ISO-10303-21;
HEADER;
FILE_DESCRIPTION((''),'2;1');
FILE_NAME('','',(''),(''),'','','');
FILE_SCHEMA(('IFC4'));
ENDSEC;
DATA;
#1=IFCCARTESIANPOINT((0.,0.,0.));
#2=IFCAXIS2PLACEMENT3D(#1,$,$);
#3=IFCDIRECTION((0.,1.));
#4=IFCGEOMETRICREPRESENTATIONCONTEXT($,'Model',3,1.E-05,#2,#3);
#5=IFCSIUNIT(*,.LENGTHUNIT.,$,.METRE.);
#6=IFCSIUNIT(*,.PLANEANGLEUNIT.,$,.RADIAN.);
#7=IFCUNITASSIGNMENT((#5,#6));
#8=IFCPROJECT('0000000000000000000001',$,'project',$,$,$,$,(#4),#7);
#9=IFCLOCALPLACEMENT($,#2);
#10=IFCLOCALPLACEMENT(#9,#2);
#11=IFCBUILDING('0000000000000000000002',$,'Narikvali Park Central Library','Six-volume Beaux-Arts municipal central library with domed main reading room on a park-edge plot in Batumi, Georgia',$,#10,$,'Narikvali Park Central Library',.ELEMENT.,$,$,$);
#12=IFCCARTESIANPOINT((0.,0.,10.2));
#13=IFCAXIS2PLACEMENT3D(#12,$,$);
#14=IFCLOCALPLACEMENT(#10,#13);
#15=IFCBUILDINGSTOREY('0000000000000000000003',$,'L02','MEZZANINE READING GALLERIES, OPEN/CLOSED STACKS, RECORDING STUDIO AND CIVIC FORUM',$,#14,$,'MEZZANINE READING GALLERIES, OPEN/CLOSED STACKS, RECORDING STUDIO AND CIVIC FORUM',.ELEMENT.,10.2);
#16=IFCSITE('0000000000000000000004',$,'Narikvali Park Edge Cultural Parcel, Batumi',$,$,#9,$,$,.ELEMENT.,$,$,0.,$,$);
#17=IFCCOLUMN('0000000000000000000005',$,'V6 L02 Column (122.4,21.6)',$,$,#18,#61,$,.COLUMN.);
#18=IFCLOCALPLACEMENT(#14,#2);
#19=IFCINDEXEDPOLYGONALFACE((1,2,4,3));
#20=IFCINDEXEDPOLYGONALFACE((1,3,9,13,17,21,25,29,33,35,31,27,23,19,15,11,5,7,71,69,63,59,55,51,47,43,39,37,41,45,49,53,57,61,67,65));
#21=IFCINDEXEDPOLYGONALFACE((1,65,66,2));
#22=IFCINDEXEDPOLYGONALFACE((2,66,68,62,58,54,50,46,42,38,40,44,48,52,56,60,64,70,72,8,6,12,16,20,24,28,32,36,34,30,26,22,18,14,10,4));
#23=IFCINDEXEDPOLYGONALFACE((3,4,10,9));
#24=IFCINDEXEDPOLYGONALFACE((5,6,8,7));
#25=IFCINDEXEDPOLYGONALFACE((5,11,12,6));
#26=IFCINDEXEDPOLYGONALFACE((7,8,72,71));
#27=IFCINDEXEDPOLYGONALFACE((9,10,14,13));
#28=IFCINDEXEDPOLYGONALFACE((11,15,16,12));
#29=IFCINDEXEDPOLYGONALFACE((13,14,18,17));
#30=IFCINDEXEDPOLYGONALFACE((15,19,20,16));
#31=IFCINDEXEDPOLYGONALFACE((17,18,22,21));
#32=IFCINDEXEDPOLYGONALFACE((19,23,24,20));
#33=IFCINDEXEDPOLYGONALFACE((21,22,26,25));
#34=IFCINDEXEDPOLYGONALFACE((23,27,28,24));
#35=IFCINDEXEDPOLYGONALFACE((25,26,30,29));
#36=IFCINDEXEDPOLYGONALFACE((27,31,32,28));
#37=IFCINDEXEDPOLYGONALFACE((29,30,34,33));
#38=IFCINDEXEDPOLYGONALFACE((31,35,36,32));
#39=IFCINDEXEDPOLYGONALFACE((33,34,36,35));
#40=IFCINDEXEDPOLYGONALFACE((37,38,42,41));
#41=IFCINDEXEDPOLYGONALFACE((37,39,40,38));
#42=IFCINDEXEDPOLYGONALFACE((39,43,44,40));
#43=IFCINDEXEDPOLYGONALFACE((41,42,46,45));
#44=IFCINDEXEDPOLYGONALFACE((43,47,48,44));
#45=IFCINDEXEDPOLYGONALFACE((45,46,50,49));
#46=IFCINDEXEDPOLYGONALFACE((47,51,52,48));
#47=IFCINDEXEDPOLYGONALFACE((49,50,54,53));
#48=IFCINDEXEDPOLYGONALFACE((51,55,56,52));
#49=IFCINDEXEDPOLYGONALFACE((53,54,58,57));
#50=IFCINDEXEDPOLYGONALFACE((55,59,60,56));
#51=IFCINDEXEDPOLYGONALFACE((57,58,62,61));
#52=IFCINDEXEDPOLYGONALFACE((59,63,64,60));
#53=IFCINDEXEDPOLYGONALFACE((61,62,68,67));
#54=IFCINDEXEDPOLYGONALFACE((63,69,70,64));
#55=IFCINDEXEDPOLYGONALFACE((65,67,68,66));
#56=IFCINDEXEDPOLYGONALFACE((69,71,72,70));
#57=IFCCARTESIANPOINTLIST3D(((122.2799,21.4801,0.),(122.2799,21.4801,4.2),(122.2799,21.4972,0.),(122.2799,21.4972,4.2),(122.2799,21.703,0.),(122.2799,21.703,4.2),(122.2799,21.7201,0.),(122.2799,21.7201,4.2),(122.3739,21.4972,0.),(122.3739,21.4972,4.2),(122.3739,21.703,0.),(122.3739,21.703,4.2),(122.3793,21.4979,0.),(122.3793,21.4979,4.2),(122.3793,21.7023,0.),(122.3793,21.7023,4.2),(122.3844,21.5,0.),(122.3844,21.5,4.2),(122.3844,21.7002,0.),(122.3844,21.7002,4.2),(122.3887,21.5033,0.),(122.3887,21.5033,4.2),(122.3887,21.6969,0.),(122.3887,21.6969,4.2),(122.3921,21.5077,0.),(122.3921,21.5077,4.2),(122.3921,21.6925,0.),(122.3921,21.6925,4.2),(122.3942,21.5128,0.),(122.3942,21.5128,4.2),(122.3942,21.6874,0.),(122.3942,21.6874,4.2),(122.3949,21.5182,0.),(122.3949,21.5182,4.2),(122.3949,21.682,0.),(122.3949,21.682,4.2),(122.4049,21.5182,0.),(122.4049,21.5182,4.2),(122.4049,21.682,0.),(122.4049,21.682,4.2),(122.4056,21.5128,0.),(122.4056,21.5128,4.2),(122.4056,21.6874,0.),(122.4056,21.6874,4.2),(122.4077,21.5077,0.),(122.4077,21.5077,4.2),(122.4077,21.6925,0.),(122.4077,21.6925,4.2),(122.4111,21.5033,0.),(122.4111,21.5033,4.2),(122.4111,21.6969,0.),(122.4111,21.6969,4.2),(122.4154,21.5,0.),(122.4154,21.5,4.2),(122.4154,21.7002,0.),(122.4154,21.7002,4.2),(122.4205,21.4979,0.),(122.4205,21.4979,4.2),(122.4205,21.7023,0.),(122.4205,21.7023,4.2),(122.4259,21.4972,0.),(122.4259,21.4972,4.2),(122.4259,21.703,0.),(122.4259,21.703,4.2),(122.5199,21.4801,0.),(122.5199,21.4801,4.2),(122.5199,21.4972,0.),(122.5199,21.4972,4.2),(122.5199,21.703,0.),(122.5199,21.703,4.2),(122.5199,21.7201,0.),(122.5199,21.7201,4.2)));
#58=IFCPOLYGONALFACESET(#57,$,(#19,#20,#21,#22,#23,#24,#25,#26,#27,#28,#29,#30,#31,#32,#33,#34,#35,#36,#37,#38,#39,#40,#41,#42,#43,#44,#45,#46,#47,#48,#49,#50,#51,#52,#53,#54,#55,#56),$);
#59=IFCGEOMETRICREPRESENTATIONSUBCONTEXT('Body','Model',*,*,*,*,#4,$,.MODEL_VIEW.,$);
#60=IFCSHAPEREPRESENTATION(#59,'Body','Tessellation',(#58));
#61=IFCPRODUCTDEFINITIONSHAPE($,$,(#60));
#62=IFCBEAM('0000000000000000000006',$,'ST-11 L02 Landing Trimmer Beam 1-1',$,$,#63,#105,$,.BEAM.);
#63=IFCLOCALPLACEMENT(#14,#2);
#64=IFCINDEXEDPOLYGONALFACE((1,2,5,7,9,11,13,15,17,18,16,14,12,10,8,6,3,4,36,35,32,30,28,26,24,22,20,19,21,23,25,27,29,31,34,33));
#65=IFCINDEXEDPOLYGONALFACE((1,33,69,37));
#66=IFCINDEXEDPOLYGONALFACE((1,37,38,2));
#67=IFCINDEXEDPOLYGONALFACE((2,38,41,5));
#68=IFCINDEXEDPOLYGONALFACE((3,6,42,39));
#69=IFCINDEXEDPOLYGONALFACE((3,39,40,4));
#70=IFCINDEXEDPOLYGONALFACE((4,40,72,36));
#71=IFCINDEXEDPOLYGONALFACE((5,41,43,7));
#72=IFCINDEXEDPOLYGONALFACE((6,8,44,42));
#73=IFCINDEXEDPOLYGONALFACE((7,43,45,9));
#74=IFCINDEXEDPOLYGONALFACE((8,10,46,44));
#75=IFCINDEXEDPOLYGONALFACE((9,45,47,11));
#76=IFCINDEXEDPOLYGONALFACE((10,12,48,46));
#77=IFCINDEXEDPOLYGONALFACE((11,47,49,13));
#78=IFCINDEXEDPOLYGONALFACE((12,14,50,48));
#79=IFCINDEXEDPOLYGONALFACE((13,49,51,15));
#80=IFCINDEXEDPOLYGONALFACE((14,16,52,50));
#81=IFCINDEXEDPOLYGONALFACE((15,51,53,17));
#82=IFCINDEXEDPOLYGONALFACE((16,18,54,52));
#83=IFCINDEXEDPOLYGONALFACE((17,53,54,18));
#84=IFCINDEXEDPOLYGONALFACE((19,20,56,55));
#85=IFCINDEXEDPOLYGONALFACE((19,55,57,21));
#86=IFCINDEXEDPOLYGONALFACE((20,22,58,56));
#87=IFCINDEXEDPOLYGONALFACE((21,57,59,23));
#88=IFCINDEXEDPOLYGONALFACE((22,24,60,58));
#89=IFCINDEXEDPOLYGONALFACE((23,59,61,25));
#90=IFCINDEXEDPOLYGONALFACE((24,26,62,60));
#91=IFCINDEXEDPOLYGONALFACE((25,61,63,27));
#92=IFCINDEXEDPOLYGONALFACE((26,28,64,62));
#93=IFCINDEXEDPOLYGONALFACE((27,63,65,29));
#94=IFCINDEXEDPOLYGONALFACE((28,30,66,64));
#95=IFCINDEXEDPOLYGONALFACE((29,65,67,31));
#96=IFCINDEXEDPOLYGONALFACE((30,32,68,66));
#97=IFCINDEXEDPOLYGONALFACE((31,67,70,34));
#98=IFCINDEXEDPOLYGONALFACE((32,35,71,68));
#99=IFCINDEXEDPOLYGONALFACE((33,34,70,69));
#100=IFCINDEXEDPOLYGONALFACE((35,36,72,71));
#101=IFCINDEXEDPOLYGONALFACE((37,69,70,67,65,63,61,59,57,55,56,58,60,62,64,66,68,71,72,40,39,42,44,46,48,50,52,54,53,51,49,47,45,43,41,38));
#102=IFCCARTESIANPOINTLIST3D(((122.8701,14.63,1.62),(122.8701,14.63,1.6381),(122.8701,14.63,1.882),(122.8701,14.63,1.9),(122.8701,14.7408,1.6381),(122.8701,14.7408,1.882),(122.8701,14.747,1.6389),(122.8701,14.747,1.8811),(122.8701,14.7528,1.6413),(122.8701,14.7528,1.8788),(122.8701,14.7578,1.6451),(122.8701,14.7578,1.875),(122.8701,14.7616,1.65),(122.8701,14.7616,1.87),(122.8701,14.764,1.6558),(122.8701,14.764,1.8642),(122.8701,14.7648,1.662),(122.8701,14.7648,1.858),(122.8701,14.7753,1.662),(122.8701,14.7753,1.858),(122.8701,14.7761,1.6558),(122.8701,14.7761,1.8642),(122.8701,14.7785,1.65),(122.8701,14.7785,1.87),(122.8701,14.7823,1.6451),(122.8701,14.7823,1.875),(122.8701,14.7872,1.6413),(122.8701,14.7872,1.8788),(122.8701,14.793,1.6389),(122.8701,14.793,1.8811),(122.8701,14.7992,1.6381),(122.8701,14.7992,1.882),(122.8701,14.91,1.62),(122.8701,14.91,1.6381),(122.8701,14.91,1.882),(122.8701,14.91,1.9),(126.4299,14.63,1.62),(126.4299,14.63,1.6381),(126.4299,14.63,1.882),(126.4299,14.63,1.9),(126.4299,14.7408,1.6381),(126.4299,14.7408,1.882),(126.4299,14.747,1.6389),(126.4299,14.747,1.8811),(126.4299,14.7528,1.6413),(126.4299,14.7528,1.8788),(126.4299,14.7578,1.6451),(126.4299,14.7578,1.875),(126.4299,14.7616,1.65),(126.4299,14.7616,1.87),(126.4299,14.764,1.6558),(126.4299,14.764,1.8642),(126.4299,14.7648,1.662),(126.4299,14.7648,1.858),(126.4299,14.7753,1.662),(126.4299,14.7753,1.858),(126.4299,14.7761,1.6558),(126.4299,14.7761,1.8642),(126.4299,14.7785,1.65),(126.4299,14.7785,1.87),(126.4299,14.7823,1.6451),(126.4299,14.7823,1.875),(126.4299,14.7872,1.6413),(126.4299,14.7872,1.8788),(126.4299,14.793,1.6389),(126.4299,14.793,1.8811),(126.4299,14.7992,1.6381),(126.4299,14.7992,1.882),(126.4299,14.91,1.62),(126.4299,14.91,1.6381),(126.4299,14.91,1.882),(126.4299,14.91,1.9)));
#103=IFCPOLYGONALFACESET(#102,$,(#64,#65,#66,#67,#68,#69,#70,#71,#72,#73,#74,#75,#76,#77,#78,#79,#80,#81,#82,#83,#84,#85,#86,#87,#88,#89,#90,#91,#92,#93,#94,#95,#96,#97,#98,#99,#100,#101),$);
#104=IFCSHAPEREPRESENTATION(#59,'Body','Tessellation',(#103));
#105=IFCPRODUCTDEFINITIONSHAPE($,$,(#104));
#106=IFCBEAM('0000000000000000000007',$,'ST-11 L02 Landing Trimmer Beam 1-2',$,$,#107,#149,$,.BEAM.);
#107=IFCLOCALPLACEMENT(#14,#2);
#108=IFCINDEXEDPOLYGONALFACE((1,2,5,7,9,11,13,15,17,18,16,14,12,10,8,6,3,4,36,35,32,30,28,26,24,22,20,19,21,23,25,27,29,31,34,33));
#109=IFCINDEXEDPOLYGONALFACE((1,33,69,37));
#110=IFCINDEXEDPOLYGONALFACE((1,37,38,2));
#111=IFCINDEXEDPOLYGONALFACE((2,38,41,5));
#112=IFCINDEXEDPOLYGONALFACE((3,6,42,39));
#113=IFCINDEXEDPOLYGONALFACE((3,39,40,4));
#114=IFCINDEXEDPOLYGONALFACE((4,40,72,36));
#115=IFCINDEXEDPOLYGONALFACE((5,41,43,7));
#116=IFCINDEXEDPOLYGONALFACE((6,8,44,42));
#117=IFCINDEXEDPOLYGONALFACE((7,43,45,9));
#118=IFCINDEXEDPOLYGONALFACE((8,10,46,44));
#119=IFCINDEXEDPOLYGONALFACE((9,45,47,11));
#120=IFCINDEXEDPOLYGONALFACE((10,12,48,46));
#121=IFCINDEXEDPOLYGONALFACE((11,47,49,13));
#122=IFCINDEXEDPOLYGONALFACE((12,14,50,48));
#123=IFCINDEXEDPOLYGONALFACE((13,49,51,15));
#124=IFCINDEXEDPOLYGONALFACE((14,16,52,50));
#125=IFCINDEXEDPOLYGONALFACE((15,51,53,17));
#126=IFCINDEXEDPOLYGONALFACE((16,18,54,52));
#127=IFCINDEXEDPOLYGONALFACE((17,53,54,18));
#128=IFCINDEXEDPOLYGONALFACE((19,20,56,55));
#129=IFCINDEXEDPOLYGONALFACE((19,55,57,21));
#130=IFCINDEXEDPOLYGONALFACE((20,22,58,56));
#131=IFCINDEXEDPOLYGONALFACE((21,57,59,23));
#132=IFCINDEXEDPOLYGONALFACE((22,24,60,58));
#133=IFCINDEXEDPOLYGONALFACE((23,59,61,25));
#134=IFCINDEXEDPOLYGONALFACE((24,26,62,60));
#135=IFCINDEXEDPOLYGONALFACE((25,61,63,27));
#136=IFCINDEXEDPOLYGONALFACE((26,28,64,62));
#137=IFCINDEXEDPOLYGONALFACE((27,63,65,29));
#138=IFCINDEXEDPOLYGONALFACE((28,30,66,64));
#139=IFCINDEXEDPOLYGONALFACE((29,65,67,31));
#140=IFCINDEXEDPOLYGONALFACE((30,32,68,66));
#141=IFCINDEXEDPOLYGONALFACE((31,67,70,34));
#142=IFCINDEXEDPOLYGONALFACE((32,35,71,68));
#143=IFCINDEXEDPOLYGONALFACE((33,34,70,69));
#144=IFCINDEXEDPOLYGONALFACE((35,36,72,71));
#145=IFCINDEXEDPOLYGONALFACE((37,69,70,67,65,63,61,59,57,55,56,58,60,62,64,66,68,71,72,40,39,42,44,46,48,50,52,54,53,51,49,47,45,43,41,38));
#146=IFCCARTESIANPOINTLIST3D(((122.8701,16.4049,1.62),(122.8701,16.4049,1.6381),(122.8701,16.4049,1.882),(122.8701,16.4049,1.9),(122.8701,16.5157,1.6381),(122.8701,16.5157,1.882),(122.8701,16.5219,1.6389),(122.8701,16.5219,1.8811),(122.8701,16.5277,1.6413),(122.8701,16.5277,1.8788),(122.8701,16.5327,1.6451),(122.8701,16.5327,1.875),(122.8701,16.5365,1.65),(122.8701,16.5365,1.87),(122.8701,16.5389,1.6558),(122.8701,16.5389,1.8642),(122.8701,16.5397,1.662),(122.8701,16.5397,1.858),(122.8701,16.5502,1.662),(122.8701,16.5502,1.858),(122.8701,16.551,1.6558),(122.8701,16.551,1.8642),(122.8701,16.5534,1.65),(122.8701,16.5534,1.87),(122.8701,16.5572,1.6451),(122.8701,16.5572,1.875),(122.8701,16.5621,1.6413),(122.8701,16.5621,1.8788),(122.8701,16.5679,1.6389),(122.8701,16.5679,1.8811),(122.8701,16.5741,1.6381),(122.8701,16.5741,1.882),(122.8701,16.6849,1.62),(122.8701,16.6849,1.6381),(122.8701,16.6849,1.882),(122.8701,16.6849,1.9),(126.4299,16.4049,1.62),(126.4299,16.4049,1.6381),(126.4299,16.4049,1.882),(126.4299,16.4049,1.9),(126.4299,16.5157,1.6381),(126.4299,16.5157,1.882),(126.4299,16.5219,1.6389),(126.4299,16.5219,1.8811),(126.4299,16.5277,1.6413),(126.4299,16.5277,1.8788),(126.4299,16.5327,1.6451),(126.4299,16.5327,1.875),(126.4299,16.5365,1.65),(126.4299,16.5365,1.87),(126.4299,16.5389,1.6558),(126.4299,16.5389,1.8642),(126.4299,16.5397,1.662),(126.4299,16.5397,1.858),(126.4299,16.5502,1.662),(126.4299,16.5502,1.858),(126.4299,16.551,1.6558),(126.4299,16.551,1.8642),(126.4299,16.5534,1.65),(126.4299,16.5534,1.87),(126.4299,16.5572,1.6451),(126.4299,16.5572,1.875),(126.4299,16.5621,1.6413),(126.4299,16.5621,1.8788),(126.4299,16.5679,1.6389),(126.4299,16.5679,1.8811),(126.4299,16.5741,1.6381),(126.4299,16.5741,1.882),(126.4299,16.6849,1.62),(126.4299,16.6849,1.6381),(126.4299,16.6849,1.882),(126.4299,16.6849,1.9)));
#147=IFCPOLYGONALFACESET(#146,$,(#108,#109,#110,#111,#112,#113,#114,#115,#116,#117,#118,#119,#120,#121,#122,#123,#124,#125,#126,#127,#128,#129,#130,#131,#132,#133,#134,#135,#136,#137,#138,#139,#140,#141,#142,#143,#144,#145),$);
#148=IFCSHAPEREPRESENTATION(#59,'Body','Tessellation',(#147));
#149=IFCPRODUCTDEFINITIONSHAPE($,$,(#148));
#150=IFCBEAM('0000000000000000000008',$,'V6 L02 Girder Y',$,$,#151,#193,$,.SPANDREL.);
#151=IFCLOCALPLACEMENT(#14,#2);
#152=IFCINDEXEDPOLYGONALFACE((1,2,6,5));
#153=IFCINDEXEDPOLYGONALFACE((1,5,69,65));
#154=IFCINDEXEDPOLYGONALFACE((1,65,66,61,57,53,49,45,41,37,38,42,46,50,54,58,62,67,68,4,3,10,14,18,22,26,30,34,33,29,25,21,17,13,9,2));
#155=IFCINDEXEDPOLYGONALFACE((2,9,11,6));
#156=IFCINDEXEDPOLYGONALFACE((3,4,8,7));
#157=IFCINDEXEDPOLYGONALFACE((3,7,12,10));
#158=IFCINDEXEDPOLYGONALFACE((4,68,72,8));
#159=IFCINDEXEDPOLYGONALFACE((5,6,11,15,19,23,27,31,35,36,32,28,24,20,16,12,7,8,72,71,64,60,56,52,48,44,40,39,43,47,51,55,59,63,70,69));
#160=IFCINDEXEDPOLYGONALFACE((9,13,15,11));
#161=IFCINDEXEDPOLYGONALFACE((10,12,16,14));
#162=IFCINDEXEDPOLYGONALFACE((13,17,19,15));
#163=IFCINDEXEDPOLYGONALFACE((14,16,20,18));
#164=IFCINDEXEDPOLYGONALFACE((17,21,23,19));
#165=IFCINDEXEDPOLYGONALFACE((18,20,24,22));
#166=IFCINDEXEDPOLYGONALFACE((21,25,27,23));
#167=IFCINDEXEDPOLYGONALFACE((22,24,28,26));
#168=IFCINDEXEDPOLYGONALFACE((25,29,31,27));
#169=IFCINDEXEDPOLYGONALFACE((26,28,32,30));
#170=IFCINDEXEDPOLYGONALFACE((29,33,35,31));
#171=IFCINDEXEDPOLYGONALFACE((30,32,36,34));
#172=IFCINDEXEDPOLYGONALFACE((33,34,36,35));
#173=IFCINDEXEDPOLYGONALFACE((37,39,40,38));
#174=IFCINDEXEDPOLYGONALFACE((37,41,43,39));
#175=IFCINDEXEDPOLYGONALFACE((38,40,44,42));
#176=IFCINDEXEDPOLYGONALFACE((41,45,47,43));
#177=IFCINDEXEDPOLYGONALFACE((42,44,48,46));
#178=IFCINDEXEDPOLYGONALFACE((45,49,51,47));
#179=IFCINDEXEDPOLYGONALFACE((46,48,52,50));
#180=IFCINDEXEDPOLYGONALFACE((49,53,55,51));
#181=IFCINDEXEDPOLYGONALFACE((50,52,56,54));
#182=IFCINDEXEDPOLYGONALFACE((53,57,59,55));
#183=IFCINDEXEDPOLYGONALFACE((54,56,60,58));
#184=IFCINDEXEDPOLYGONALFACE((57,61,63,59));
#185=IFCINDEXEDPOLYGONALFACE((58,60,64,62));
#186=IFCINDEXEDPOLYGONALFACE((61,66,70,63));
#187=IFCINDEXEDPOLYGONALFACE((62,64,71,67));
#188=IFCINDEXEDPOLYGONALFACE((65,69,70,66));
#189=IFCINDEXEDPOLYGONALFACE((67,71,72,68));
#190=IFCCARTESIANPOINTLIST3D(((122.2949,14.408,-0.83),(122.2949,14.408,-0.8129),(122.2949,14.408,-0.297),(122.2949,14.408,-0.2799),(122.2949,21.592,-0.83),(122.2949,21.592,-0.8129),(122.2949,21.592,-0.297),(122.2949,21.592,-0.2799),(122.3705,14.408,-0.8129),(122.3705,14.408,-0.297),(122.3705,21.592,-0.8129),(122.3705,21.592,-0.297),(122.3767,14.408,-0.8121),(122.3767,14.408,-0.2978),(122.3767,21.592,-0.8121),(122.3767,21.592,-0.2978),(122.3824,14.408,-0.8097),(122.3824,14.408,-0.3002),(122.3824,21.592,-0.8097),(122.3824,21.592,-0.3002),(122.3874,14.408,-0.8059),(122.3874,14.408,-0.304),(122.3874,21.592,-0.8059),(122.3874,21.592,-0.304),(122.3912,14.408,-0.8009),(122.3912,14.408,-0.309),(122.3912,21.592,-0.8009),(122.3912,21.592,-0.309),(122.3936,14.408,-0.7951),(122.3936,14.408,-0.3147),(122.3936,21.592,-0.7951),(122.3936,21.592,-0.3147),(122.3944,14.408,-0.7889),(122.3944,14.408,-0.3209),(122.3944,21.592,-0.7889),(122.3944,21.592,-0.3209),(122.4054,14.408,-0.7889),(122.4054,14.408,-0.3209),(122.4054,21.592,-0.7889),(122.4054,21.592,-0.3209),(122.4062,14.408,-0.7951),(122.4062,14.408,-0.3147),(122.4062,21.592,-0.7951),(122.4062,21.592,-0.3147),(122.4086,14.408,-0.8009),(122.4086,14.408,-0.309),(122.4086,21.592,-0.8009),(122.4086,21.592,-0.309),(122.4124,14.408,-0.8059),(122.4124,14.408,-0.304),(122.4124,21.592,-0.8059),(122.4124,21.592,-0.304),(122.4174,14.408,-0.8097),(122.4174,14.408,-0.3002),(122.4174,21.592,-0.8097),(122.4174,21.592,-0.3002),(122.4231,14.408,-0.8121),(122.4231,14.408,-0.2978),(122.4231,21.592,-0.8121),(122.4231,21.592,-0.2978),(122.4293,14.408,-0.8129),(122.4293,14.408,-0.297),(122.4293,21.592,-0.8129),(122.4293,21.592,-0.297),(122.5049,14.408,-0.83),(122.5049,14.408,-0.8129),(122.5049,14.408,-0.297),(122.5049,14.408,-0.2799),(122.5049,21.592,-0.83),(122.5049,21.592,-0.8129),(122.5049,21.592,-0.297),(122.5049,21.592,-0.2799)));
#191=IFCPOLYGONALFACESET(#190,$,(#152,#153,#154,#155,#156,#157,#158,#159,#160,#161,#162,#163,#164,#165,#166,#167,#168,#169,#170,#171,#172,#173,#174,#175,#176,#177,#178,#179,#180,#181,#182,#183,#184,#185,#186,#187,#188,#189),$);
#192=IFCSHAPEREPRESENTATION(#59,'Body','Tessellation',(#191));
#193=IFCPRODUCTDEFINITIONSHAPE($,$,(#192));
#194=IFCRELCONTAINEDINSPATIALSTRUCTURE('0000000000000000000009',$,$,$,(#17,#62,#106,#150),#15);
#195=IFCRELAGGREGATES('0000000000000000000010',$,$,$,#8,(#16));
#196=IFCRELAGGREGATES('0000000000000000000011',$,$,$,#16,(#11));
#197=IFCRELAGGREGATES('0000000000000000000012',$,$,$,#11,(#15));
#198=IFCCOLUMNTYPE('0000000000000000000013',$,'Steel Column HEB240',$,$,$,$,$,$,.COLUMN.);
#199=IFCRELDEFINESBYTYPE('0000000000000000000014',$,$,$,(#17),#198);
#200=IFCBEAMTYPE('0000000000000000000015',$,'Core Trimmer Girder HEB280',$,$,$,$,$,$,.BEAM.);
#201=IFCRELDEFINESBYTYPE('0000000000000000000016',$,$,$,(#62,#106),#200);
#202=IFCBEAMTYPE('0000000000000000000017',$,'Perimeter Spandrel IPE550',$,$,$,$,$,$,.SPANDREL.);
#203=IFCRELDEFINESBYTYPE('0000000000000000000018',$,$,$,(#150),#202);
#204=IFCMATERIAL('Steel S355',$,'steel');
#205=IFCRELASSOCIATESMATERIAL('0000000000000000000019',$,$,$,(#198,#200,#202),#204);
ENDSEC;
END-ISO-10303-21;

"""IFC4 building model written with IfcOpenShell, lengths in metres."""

from ifc_helpers import new_model, si_unit, direction, frame, origin, origin_2d, place, context, subcontext, project, spatial, i_section, extrude, material, material_profile, profile_set, type_object, element, save


model = new_model("IFC4")

# Units and contexts
model_context = context("Model", 3, precision=1e-05, world=origin(), true_north=direction((0.0, 1.0)))
body_context = subcontext(model_context, "Body", "Model", "MODEL_VIEW")
ifc_project = project(units=[si_unit("LENGTHUNIT", "METRE"), si_unit("PLANEANGLEUNIT", "RADIAN")], contexts=[model_context])

# Site, building, storey
site_placement = place(None, origin())
site = spatial("IfcSite", under=ifc_project, at=site_placement, Name="Narikvali Park Edge Cultural Parcel, Batumi", CompositionType="ELEMENT", RefElevation=0.0)
building_placement = place(site_placement, origin())
building = spatial("IfcBuilding", under=site, at=building_placement, Name="Narikvali Park Central Library", Description="Six-volume Beaux-Arts municipal central library with domed main reading room on a park-edge plot in Batumi, Georgia", LongName="Narikvali Park Central Library", CompositionType="ELEMENT")
storey_placement = place(building_placement, frame((0.0, 0.0, 10.2)))
storey = spatial("IfcBuildingStorey", under=building, at=storey_placement, Name="L02", Description="MEZZANINE READING GALLERIES, OPEN/CLOSED STACKS, RECORDING STUDIO AND CIVIC FORUM", LongName="MEZZANINE READING GALLERIES, OPEN/CLOSED STACKS, RECORDING STUDIO AND CIVIC FORUM", CompositionType="ELEMENT", Elevation=10.2)

# Column
ifc_material_1 = material(Name="Steel S355", Category="steel")
ifc_material_profile_1 = material_profile(ifc_material_1, i_section(OverallWidth=0.24, OverallDepth=0.24, WebThickness=0.01, FlangeThickness=0.0171, FilletRadius=0.021, at=origin_2d()), Name="HEB 240")
ifc_profile_set_1 = profile_set([ifc_material_profile_1], Name="Steel S355")
column_type = type_object("IfcColumnType", Name="Steel Column HEB240", PredefinedType="COLUMN", material=ifc_profile_set_1)
column_placement = place(storey_placement, frame((122.3999, 21.6001, 0.0), z_axis=(0.0, 0.0, 1.0), x_axis=(1.0, 0.0, 0.0)))
element("IfcColumn", 1, at=column_placement, inside=storey, type_object=column_type, Name="V6 L02 Column (122.4,21.6)", PredefinedType="COLUMN", context=body_context, shape_type="SweptSolid", body=[
    extrude(i_section(OverallWidth=0.24, OverallDepth=0.24, WebThickness=0.01, FlangeThickness=0.0171, FilletRadius=0.021, at=origin_2d()), origin(), (0.0, 0.0, 1.0), 4.2),
])

# Beams
ifc_material_profile_2 = material_profile(ifc_material_1, i_section(OverallWidth=0.28, OverallDepth=0.28, WebThickness=0.0105, FlangeThickness=0.0181, FilletRadius=0.0239, at=origin_2d()), Name="HEB 280")
ifc_profile_set_2 = profile_set([ifc_material_profile_2], Name="Steel S355")
beam_type_1 = type_object("IfcBeamType", Name="Core Trimmer Girder HEB280", PredefinedType="BEAM", material=ifc_profile_set_2)
for number, where, z_axis, x_axis, name in (
    (2, (122.8701, 14.77, 1.76), (1.0, 0.0, 0.0), (0.0, 1.0, 0.0), "ST-11 L02 Landing Trimmer Beam 1-1"),
    (3, (122.8701, 16.5449, 1.76), (1.0, 0.0, 0.0), (0.0, 1.0, 0.0), "ST-11 L02 Landing Trimmer Beam 1-2"),
):
    element("IfcBeam", number, at=place(storey_placement, frame(where, z_axis=z_axis, x_axis=x_axis)), inside=storey, type_object=beam_type_1, Name=name, PredefinedType="BEAM", context=body_context, shape_type="SweptSolid", body=[
        extrude(i_section(OverallWidth=0.28, OverallDepth=0.28, WebThickness=0.0105, FlangeThickness=0.0181, FilletRadius=0.0239, at=origin_2d()), origin(), (0.0, 0.0, 1.0), 3.5598),
    ])
ifc_material_profile_3 = material_profile(ifc_material_1, i_section(OverallWidth=0.21, OverallDepth=0.55, WebThickness=0.011, FlangeThickness=0.0171, FilletRadius=0.0239, at=origin_2d()), Name="IPE 550")
ifc_profile_set_3 = profile_set([ifc_material_profile_3], Name="Steel S355")
beam_type_2 = type_object("IfcBeamType", Name="Perimeter Spandrel IPE550", PredefinedType="SPANDREL", material=ifc_profile_set_3)
beam_placement = place(storey_placement, frame((122.3999, 14.408, -0.5549), z_axis=(0.0, 1.0, 0.0), x_axis=(-1.0, 0.0, 0.0)))
element("IfcBeam", 4, at=beam_placement, inside=storey, type_object=beam_type_2, Name="V6 L02 Girder Y", PredefinedType="SPANDREL", context=body_context, shape_type="SweptSolid", body=[
    extrude(i_section(OverallWidth=0.21, OverallDepth=0.55, WebThickness=0.011, FlangeThickness=0.0171, FilletRadius=0.0239, at=origin_2d()), origin(), (0.0, 0.0, 1.0), 7.1841),
])

save(model, "model.ifc")
